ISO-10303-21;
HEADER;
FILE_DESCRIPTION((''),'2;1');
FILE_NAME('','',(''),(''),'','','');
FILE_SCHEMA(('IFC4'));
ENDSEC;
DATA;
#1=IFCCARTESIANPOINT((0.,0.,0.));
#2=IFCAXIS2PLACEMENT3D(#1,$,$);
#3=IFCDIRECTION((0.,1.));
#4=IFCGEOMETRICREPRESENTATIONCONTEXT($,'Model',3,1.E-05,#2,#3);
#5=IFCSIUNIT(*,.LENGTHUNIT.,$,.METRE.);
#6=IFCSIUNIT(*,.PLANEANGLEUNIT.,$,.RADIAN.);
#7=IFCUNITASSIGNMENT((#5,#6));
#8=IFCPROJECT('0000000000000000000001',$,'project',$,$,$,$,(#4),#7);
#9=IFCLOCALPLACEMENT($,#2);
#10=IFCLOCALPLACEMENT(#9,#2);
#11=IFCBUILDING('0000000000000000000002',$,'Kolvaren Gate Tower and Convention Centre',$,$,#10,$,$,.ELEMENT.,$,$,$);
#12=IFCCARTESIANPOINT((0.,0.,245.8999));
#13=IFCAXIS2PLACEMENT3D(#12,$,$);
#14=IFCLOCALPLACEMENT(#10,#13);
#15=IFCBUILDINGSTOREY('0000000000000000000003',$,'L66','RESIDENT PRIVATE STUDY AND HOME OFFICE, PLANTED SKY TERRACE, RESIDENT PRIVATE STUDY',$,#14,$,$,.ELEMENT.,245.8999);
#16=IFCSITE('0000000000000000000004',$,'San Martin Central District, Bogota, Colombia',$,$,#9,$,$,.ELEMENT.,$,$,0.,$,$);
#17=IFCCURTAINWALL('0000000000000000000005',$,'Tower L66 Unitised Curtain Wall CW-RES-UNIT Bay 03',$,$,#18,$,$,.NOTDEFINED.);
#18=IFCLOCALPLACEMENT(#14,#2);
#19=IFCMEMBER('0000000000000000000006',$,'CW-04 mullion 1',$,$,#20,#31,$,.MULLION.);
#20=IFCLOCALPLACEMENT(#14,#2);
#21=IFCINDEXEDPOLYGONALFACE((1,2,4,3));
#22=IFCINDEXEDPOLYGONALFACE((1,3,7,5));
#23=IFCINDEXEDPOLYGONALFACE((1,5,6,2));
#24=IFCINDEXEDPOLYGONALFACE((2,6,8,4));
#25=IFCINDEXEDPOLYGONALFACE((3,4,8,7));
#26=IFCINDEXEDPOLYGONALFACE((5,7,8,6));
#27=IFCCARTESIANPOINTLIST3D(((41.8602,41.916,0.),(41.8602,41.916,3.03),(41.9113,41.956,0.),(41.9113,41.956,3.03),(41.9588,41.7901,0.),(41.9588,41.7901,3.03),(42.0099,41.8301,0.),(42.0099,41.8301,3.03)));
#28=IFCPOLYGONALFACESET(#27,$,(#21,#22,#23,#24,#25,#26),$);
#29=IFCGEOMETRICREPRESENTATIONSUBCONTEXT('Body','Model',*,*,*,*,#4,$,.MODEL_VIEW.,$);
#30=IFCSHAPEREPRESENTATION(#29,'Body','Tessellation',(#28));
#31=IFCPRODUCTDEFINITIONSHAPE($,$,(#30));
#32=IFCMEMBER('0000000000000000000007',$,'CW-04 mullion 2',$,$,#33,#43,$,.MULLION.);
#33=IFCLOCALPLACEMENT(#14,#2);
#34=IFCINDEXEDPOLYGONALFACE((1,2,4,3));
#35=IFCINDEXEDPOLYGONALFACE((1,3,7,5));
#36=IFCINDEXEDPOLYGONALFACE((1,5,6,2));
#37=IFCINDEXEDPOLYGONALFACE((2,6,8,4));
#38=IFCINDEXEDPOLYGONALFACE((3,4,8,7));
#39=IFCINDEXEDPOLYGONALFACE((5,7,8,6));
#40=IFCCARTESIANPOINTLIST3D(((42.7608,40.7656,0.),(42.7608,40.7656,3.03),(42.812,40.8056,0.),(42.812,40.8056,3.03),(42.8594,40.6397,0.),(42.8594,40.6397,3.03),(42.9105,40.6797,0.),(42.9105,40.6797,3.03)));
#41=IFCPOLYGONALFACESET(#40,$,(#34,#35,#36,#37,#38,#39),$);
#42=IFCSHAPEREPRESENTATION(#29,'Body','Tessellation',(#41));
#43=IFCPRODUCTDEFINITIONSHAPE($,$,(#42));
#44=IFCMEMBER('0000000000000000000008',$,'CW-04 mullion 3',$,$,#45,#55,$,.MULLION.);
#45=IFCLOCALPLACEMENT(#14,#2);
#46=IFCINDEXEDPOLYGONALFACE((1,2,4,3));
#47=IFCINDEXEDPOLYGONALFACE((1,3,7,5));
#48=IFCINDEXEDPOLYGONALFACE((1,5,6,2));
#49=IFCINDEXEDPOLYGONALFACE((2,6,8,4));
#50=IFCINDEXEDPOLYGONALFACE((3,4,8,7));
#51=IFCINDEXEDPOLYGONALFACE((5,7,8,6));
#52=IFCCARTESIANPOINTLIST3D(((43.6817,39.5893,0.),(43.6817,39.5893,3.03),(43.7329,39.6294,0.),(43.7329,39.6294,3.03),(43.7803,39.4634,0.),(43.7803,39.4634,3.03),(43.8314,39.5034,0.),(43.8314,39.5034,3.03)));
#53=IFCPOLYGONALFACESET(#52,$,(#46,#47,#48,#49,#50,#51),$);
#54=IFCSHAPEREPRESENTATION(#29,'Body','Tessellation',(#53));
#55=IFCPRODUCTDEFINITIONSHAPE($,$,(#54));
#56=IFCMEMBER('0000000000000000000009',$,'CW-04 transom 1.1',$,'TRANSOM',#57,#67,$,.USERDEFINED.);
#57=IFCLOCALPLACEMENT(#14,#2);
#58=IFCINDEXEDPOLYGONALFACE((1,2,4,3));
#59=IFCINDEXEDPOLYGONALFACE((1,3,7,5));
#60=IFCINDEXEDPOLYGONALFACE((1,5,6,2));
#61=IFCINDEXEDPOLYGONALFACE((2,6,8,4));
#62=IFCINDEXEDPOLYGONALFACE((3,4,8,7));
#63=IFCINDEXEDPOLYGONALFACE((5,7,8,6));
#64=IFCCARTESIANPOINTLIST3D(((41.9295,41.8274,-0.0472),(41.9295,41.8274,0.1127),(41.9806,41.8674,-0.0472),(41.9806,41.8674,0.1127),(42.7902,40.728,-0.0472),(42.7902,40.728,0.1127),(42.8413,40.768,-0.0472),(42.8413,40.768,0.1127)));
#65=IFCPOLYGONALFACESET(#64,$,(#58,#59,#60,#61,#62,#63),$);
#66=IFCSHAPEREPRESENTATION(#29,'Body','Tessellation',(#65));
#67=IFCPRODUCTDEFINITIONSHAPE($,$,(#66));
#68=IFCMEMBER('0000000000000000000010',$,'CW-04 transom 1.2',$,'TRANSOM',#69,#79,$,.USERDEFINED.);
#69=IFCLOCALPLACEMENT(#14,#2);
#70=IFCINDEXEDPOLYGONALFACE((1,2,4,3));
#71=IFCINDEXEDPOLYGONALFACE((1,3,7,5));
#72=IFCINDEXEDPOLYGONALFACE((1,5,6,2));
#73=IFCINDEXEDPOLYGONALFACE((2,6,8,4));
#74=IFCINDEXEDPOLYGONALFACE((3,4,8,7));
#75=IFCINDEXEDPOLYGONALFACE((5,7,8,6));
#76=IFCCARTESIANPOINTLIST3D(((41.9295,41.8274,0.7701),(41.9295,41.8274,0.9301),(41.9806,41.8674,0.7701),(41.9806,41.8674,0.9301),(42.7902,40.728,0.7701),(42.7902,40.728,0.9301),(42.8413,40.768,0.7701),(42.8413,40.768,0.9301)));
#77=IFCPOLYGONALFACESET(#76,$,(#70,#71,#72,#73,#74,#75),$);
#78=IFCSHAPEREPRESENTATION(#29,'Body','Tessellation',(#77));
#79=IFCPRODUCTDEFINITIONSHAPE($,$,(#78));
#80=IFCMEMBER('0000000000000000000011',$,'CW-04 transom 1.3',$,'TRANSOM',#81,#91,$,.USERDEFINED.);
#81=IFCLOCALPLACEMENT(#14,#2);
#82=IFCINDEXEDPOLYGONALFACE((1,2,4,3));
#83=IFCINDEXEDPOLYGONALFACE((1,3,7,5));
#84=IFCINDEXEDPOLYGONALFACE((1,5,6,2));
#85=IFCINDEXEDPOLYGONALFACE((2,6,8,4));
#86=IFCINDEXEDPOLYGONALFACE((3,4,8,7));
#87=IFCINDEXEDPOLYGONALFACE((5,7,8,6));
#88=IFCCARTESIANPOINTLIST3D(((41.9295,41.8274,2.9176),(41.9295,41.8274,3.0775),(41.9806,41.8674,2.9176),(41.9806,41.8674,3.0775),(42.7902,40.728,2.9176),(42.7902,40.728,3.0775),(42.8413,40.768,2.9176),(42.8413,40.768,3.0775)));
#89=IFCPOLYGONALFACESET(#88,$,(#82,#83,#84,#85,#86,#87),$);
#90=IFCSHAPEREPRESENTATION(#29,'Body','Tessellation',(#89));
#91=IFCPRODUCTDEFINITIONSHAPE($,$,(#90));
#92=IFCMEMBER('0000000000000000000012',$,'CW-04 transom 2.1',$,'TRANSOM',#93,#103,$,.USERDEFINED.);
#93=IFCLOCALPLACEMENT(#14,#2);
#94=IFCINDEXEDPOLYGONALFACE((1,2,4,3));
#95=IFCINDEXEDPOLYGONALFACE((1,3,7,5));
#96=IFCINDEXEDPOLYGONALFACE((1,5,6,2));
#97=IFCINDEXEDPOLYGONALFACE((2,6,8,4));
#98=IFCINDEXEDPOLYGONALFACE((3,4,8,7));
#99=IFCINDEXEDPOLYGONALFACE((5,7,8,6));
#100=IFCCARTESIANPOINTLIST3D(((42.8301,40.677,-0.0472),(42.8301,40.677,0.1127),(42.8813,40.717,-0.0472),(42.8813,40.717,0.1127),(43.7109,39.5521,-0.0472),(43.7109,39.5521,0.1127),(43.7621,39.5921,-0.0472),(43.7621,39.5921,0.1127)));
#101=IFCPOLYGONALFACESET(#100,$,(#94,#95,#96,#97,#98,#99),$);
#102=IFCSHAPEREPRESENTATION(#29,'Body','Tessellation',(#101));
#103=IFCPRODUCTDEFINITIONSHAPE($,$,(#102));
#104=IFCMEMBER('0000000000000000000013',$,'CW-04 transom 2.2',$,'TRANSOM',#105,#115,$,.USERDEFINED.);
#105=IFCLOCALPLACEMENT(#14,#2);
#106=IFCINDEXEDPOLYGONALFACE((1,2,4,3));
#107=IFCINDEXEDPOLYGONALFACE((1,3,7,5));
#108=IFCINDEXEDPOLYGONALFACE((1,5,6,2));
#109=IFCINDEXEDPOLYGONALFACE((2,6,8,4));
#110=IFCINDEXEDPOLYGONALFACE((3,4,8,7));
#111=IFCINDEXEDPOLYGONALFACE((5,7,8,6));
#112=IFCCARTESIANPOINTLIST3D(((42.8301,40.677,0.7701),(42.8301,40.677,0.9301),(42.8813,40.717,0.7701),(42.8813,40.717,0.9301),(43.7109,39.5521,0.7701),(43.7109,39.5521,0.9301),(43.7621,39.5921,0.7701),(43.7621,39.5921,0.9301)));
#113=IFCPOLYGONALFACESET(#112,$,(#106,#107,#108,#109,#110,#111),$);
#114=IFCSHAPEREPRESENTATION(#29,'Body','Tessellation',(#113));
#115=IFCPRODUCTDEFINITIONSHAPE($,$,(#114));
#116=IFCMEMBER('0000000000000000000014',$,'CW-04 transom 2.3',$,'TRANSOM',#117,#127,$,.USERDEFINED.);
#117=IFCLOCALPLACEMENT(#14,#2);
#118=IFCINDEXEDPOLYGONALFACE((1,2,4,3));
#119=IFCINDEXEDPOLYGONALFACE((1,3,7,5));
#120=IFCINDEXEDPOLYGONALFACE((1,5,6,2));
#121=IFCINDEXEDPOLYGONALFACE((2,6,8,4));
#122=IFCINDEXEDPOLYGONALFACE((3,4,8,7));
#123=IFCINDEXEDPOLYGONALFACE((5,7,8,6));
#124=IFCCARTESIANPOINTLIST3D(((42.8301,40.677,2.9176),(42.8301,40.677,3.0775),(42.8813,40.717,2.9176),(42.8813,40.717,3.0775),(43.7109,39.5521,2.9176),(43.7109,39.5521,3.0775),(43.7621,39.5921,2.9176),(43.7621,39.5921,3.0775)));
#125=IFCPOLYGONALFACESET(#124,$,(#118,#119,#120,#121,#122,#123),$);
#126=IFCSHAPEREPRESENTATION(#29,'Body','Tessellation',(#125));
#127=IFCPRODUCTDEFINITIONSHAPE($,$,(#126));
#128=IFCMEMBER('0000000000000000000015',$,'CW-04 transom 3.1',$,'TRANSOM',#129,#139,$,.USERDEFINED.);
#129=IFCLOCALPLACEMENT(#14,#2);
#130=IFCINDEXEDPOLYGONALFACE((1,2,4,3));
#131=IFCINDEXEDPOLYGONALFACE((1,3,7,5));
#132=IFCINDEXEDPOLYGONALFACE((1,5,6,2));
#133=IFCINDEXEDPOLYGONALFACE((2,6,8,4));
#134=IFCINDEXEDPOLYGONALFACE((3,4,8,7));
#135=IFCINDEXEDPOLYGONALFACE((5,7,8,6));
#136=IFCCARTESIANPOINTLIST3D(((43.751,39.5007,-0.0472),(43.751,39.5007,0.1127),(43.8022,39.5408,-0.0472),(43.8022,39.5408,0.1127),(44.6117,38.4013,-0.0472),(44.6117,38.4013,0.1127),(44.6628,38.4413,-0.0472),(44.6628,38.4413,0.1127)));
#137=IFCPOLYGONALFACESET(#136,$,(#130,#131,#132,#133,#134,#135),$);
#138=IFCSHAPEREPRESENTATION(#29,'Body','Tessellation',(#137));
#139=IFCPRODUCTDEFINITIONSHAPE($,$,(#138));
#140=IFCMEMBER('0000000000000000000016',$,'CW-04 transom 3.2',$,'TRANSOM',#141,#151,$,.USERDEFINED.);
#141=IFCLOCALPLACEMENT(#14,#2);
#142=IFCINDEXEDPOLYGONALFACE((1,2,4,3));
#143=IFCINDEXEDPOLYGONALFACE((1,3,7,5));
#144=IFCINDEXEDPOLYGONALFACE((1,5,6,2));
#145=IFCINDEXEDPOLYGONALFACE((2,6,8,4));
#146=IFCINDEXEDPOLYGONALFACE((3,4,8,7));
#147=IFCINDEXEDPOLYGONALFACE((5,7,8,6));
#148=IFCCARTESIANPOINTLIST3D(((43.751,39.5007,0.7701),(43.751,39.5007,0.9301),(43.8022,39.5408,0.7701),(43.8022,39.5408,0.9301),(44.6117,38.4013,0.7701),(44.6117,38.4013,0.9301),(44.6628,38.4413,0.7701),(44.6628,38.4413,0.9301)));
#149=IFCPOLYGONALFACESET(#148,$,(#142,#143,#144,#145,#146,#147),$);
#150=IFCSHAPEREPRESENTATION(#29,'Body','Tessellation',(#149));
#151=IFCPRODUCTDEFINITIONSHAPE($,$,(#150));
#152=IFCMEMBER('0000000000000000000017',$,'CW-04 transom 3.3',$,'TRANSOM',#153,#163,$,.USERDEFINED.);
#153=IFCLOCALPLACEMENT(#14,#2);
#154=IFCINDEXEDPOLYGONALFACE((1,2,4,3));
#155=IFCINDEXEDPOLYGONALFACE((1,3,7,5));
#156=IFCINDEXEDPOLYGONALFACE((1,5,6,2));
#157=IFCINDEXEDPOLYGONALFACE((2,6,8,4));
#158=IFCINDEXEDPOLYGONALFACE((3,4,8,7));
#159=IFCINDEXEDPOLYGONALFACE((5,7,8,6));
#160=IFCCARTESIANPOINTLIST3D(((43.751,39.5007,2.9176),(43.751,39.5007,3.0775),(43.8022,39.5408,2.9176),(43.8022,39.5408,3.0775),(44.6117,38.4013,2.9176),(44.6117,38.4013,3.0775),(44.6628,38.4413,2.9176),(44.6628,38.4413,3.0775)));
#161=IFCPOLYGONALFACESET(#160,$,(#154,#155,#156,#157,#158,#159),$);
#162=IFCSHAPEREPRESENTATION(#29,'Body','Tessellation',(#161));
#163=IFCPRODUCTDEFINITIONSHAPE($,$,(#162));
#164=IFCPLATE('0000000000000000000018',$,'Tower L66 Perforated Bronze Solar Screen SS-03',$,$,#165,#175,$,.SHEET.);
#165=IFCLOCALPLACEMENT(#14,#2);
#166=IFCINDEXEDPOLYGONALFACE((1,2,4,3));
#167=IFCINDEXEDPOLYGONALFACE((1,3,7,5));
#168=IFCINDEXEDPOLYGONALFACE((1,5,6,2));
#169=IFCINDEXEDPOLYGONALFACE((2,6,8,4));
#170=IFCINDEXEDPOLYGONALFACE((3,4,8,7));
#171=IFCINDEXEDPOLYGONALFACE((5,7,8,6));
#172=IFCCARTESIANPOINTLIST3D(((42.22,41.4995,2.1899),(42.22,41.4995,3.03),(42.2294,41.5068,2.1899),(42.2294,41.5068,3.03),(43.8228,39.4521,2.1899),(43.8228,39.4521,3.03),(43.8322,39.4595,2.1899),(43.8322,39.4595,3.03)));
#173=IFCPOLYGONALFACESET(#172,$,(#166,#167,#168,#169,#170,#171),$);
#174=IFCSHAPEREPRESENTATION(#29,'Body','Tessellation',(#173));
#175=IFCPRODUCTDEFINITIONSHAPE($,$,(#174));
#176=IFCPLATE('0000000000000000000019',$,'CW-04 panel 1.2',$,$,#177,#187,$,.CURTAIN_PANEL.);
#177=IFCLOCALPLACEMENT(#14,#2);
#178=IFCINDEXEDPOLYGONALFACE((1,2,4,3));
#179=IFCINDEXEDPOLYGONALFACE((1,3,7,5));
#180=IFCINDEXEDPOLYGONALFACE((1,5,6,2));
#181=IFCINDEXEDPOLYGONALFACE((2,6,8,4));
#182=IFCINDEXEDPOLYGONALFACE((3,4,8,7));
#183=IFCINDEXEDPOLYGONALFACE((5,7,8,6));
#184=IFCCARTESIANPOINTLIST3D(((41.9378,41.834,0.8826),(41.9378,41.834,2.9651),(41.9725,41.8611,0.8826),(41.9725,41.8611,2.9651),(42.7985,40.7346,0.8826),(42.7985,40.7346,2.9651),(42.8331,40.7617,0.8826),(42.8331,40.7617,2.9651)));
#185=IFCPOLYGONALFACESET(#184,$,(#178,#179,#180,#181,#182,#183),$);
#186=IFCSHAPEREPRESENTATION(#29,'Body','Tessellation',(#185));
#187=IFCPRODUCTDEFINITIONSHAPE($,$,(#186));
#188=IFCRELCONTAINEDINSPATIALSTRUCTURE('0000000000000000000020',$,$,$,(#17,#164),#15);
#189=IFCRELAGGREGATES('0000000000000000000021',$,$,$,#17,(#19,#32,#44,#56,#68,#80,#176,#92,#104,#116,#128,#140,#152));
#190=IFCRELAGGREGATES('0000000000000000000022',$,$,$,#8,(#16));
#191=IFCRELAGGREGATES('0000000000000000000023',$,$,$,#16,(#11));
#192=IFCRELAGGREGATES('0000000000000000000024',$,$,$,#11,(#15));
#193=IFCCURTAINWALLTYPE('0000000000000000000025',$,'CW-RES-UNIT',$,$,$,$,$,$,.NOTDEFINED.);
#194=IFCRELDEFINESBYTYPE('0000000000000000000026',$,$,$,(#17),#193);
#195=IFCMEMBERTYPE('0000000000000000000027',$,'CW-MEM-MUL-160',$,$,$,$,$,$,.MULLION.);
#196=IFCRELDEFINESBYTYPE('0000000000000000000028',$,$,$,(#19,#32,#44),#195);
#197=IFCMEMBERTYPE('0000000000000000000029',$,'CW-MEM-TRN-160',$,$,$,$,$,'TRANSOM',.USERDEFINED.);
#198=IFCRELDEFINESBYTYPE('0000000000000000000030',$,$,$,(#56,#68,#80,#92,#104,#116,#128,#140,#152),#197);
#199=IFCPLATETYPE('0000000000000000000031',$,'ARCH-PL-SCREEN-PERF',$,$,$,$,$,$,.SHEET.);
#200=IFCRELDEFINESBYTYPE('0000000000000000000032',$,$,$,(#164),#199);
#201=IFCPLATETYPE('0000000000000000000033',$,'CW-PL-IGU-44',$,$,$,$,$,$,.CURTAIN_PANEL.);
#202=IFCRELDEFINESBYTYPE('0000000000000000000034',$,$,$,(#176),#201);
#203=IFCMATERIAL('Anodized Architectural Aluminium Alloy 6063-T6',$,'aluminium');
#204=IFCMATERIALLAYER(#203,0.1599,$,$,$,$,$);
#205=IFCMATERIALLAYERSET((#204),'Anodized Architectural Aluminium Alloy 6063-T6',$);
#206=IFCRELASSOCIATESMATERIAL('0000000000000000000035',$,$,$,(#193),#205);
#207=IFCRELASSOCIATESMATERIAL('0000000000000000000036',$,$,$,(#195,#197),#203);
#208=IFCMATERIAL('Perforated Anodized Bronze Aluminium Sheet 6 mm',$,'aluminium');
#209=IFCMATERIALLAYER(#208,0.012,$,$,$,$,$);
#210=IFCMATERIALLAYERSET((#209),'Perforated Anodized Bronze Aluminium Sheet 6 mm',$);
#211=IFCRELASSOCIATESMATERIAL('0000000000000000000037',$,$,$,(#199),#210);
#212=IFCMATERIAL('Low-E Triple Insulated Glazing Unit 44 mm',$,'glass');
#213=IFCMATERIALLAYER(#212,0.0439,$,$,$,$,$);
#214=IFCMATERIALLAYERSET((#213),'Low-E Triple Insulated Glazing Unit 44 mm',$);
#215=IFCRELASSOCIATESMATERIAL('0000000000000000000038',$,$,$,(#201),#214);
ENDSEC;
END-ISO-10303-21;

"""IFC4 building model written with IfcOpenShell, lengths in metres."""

from ifc_helpers import new_model, si_unit, direction, frame, origin, origin_2d, place, context, subcontext, project, spatial, rectangle, extrude, material, layer, layer_set, material_profile, profile_set, type_object, element, aggregate, save


model = new_model("IFC4")

# Units and contexts
model_context = context("Model", 3, precision=1e-05, world=origin(), true_north=direction((0.0, 1.0)))
body_context = subcontext(model_context, "Body", "Model", "MODEL_VIEW")
ifc_project = project(units=[si_unit("LENGTHUNIT", "METRE"), si_unit("PLANEANGLEUNIT", "RADIAN")], contexts=[model_context])

# Site, building, storey
site_placement = place(None, origin())
site = spatial("IfcSite", under=ifc_project, at=site_placement, Name="San Martin Central District, Bogota, Colombia", CompositionType="ELEMENT", RefElevation=0.0)
building_placement = place(site_placement, origin())
building = spatial("IfcBuilding", under=site, at=building_placement, Name="Kolvaren Gate Tower and Convention Centre", CompositionType="ELEMENT")
storey_placement = place(building_placement, frame((0.0, 0.0, 245.8999)))
storey = spatial("IfcBuildingStorey", under=building, at=storey_placement, Name="L66", Description="RESIDENT PRIVATE STUDY AND HOME OFFICE, PLANTED SKY TERRACE, RESIDENT PRIVATE STUDY", CompositionType="ELEMENT", Elevation=245.8999)

# Curtain wall, members
ifc_material_1 = material(Name="Anodized Architectural Aluminium Alloy 6063-T6", Category="aluminium")
ifc_layer_1 = layer(ifc_material_1, 0.1599)
ifc_layer_set_1 = layer_set([ifc_layer_1], Name="Anodized Architectural Aluminium Alloy 6063-T6")
curtain_wall_type = type_object("IfcCurtainWallType", Name="CW-RES-UNIT", PredefinedType="NOTDEFINED", material=ifc_layer_set_1)
curtain_wall_placement = place(storey_placement, origin())
curtain_wall = element("IfcCurtainWall", 1, at=curtain_wall_placement, inside=storey, type_object=curtain_wall_type, Name="Tower L66 Unitised Curtain Wall CW-RES-UNIT Bay 03", PredefinedType="NOTDEFINED")
ifc_material_profile_1 = material_profile(ifc_material_1, rectangle(XDim=0.0649, YDim=0.1599, at=origin_2d()), Name="CW-MEM-MUL-160")
ifc_profile_set_1 = profile_set([ifc_material_profile_1], Name="Anodized Architectural Aluminium Alloy 6063-T6")
member_type_1 = type_object("IfcMemberType", Name="CW-MEM-MUL-160", PredefinedType="MULLION", material=ifc_profile_set_1)
member_1_placement = place(storey_placement, frame((41.9351, 41.873, 0.0), z_axis=(0.0, 0.0, 1.0), x_axis=(0.787403, 0.616439, 0.0)))
member_1 = element("IfcMember", 2, at=member_1_placement, type_object=member_type_1, Name="CW-04 mullion 1", PredefinedType="MULLION", context=body_context, shape_type="SweptSolid", body=[
    extrude(rectangle(XDim=0.0649, YDim=0.1599, at=origin_2d()), origin(), (0.0, 0.0, 1.0), 3.03),
])
member_2_placement = place(storey_placement, frame((42.8357, 40.7227, 0.0), z_axis=(0.0, 0.0, 1.0), x_axis=(0.787403, 0.616439, 0.0)))
member_2 = element("IfcMember", 3, at=member_2_placement, type_object=member_type_1, Name="CW-04 mullion 2", PredefinedType="MULLION", context=body_context, shape_type="SweptSolid", body=[
    extrude(rectangle(XDim=0.0649, YDim=0.1599, at=origin_2d()), origin(), (0.0, 0.0, 1.0), 3.03),
])
member_3_placement = place(storey_placement, frame((43.7566, 39.5464, 0.0), z_axis=(0.0, 0.0, 1.0), x_axis=(0.787403, 0.616439, 0.0)))
member_3 = element("IfcMember", 4, at=member_3_placement, type_object=member_type_1, Name="CW-04 mullion 3", PredefinedType="MULLION", context=body_context, shape_type="SweptSolid", body=[
    extrude(rectangle(XDim=0.0649, YDim=0.1599, at=origin_2d()), origin(), (0.0, 0.0, 1.0), 3.03),
])
ifc_material_profile_2 = material_profile(ifc_material_1, rectangle(XDim=0.0649, YDim=0.1599, at=origin_2d()), Name="CW-MEM-TRN-160")
ifc_profile_set_2 = profile_set([ifc_material_profile_2], Name="Anodized Architectural Aluminium Alloy 6063-T6")
member_type_2 = type_object("IfcMemberType", Name="CW-MEM-TRN-160", ElementType="TRANSOM", PredefinedType="USERDEFINED", material=ifc_profile_set_2)
member_4_placement = place(storey_placement, frame((41.9551, 41.8474, 0.0327), z_axis=(0.616407, -0.787428, 0.0), x_axis=(0.787428, 0.616407, 0.0)))
member_4 = element("IfcMember", 5, at=member_4_placement, type_object=member_type_2, Name="CW-04 transom 1.1", ObjectType="TRANSOM", PredefinedType="USERDEFINED", context=body_context, shape_type="SweptSolid", body=[
    extrude(rectangle(XDim=0.0649, YDim=0.1599, at=origin_2d()), origin(), (0.0, 0.0, 1.0), 1.3962),
])
member_5_placement = place(storey_placement, frame((41.9551, 41.8474, 0.8501), z_axis=(0.616407, -0.787428, 0.0), x_axis=(0.787428, 0.616407, 0.0)))
member_5 = element("IfcMember", 6, at=member_5_placement, type_object=member_type_2, Name="CW-04 transom 1.2", ObjectType="TRANSOM", PredefinedType="USERDEFINED", context=body_context, shape_type="SweptSolid", body=[
    extrude(rectangle(XDim=0.0649, YDim=0.1599, at=origin_2d()), origin(), (0.0, 0.0, 1.0), 1.3962),
])
member_6_placement = place(storey_placement, frame((41.9551, 41.8474, 2.9976), z_axis=(0.616407, -0.787428, 0.0), x_axis=(0.787428, 0.616407, 0.0)))
member_6 = element("IfcMember", 7, at=member_6_placement, type_object=member_type_2, Name="CW-04 transom 1.3", ObjectType="TRANSOM", PredefinedType="USERDEFINED", context=body_context, shape_type="SweptSolid", body=[
    extrude(rectangle(XDim=0.0649, YDim=0.1599, at=origin_2d()), origin(), (0.0, 0.0, 1.0), 1.3962),
])
member_7_placement = place(storey_placement, frame((42.8557, 40.697, 0.0327), z_axis=(0.616493, -0.787361, 0.0), x_axis=(0.787361, 0.616493, 0.0)))
member_7 = element("IfcMember", 8, at=member_7_placement, type_object=member_type_2, Name="CW-04 transom 2.1", ObjectType="TRANSOM", PredefinedType="USERDEFINED", context=body_context, shape_type="SweptSolid", body=[
    extrude(rectangle(XDim=0.0649, YDim=0.1599, at=origin_2d()), origin(), (0.0, 0.0, 1.0), 1.4287),
])
member_8_placement = place(storey_placement, frame((42.8557, 40.697, 0.8501), z_axis=(0.616493, -0.787361, 0.0), x_axis=(0.787361, 0.616493, 0.0)))
member_8 = element("IfcMember", 9, at=member_8_placement, type_object=member_type_2, Name="CW-04 transom 2.2", ObjectType="TRANSOM", PredefinedType="USERDEFINED", context=body_context, shape_type="SweptSolid", body=[
    extrude(rectangle(XDim=0.0649, YDim=0.1599, at=origin_2d()), origin(), (0.0, 0.0, 1.0), 1.4287),
])
member_9_placement = place(storey_placement, frame((42.8557, 40.697, 2.9976), z_axis=(0.616493, -0.787361, 0.0), x_axis=(0.787361, 0.616493, 0.0)))
member_9 = element("IfcMember", 10, at=member_9_placement, type_object=member_type_2, Name="CW-04 transom 2.3", ObjectType="TRANSOM", PredefinedType="USERDEFINED", context=body_context, shape_type="SweptSolid", body=[
    extrude(rectangle(XDim=0.0649, YDim=0.1599, at=origin_2d()), origin(), (0.0, 0.0, 1.0), 1.4287),
])
member_10_placement = place(storey_placement, frame((43.7766, 39.5208, 0.0327), z_axis=(0.616407, -0.787428, 0.0), x_axis=(0.787428, 0.616407, 0.0)))
member_10 = element("IfcMember", 11, at=member_10_placement, type_object=member_type_2, Name="CW-04 transom 3.1", ObjectType="TRANSOM", PredefinedType="USERDEFINED", context=body_context, shape_type="SweptSolid", body=[
    extrude(rectangle(XDim=0.0649, YDim=0.1599, at=origin_2d()), origin(), (0.0, 0.0, 1.0), 1.3962),
])
member_11_placement = place(storey_placement, frame((43.7766, 39.5208, 0.8501), z_axis=(0.616407, -0.787428, 0.0), x_axis=(0.787428, 0.616407, 0.0)))
member_11 = element("IfcMember", 12, at=member_11_placement, type_object=member_type_2, Name="CW-04 transom 3.2", ObjectType="TRANSOM", PredefinedType="USERDEFINED", context=body_context, shape_type="SweptSolid", body=[
    extrude(rectangle(XDim=0.0649, YDim=0.1599, at=origin_2d()), origin(), (0.0, 0.0, 1.0), 1.3962),
])
member_12_placement = place(storey_placement, frame((43.7766, 39.5208, 2.9976), z_axis=(0.616407, -0.787428, 0.0), x_axis=(0.787428, 0.616407, 0.0)))
member_12 = element("IfcMember", 13, at=member_12_placement, type_object=member_type_2, Name="CW-04 transom 3.3", ObjectType="TRANSOM", PredefinedType="USERDEFINED", context=body_context, shape_type="SweptSolid", body=[
    extrude(rectangle(XDim=0.0649, YDim=0.1599, at=origin_2d()), origin(), (0.0, 0.0, 1.0), 1.3962),
])

# Plates
ifc_material_2 = material(Name="Perforated Anodized Bronze Aluminium Sheet 6 mm", Category="aluminium")
ifc_layer_2 = layer(ifc_material_2, 0.012)
ifc_layer_set_2 = layer_set([ifc_layer_2], Name="Perforated Anodized Bronze Aluminium Sheet 6 mm")
plate_type_1 = type_object("IfcPlateType", Name="ARCH-PL-SCREEN-PERF", PredefinedType="SHEET", material=ifc_layer_set_2)
plate_1_placement = place(storey_placement, frame((43.0261, 40.4795, 2.1899), z_axis=(0.0, 0.0, 1.0), x_axis=(0.616435, -0.787405, 0.0)))
element("IfcPlate", 14, at=plate_1_placement, inside=storey, type_object=plate_type_1, Name="Tower L66 Perforated Bronze Solar Screen SS-03", PredefinedType="SHEET", context=body_context, shape_type="SweptSolid", body=[
    extrude(rectangle(XDim=2.6001, YDim=0.012, at=origin_2d()), origin(), (0.0, 0.0, 1.0), 0.8401),
])
ifc_material_3 = material(Name="Low-E Triple Insulated Glazing Unit 44 mm", Category="glass")
ifc_layer_3 = layer(ifc_material_3, 0.0439)
ifc_layer_set_3 = layer_set([ifc_layer_3], Name="Low-E Triple Insulated Glazing Unit 44 mm")
plate_type_2 = type_object("IfcPlateType", Name="CW-PL-IGU-44", PredefinedType="CURTAIN_PANEL", material=ifc_layer_set_3)
plate_2_placement = place(storey_placement, frame((42.3855, 41.2979, 0.8826), z_axis=(0.0, 0.0, 1.0), x_axis=(0.616439, -0.787403, 0.0)))
plate_2 = element("IfcPlate", 15, at=plate_2_placement, type_object=plate_type_2, Name="CW-04 panel 1.2", PredefinedType="CURTAIN_PANEL", context=body_context, shape_type="SweptSolid", body=[
    extrude(rectangle(XDim=1.3962, YDim=0.0439, at=origin_2d()), origin(), (0.0, 0.0, 1.0), 2.0825),
])
aggregate(curtain_wall, [member_1, member_2, member_3, member_4, member_5, member_6, plate_2, member_7, member_8, member_9, member_10, member_11, member_12])

save(model, "model.ifc")
